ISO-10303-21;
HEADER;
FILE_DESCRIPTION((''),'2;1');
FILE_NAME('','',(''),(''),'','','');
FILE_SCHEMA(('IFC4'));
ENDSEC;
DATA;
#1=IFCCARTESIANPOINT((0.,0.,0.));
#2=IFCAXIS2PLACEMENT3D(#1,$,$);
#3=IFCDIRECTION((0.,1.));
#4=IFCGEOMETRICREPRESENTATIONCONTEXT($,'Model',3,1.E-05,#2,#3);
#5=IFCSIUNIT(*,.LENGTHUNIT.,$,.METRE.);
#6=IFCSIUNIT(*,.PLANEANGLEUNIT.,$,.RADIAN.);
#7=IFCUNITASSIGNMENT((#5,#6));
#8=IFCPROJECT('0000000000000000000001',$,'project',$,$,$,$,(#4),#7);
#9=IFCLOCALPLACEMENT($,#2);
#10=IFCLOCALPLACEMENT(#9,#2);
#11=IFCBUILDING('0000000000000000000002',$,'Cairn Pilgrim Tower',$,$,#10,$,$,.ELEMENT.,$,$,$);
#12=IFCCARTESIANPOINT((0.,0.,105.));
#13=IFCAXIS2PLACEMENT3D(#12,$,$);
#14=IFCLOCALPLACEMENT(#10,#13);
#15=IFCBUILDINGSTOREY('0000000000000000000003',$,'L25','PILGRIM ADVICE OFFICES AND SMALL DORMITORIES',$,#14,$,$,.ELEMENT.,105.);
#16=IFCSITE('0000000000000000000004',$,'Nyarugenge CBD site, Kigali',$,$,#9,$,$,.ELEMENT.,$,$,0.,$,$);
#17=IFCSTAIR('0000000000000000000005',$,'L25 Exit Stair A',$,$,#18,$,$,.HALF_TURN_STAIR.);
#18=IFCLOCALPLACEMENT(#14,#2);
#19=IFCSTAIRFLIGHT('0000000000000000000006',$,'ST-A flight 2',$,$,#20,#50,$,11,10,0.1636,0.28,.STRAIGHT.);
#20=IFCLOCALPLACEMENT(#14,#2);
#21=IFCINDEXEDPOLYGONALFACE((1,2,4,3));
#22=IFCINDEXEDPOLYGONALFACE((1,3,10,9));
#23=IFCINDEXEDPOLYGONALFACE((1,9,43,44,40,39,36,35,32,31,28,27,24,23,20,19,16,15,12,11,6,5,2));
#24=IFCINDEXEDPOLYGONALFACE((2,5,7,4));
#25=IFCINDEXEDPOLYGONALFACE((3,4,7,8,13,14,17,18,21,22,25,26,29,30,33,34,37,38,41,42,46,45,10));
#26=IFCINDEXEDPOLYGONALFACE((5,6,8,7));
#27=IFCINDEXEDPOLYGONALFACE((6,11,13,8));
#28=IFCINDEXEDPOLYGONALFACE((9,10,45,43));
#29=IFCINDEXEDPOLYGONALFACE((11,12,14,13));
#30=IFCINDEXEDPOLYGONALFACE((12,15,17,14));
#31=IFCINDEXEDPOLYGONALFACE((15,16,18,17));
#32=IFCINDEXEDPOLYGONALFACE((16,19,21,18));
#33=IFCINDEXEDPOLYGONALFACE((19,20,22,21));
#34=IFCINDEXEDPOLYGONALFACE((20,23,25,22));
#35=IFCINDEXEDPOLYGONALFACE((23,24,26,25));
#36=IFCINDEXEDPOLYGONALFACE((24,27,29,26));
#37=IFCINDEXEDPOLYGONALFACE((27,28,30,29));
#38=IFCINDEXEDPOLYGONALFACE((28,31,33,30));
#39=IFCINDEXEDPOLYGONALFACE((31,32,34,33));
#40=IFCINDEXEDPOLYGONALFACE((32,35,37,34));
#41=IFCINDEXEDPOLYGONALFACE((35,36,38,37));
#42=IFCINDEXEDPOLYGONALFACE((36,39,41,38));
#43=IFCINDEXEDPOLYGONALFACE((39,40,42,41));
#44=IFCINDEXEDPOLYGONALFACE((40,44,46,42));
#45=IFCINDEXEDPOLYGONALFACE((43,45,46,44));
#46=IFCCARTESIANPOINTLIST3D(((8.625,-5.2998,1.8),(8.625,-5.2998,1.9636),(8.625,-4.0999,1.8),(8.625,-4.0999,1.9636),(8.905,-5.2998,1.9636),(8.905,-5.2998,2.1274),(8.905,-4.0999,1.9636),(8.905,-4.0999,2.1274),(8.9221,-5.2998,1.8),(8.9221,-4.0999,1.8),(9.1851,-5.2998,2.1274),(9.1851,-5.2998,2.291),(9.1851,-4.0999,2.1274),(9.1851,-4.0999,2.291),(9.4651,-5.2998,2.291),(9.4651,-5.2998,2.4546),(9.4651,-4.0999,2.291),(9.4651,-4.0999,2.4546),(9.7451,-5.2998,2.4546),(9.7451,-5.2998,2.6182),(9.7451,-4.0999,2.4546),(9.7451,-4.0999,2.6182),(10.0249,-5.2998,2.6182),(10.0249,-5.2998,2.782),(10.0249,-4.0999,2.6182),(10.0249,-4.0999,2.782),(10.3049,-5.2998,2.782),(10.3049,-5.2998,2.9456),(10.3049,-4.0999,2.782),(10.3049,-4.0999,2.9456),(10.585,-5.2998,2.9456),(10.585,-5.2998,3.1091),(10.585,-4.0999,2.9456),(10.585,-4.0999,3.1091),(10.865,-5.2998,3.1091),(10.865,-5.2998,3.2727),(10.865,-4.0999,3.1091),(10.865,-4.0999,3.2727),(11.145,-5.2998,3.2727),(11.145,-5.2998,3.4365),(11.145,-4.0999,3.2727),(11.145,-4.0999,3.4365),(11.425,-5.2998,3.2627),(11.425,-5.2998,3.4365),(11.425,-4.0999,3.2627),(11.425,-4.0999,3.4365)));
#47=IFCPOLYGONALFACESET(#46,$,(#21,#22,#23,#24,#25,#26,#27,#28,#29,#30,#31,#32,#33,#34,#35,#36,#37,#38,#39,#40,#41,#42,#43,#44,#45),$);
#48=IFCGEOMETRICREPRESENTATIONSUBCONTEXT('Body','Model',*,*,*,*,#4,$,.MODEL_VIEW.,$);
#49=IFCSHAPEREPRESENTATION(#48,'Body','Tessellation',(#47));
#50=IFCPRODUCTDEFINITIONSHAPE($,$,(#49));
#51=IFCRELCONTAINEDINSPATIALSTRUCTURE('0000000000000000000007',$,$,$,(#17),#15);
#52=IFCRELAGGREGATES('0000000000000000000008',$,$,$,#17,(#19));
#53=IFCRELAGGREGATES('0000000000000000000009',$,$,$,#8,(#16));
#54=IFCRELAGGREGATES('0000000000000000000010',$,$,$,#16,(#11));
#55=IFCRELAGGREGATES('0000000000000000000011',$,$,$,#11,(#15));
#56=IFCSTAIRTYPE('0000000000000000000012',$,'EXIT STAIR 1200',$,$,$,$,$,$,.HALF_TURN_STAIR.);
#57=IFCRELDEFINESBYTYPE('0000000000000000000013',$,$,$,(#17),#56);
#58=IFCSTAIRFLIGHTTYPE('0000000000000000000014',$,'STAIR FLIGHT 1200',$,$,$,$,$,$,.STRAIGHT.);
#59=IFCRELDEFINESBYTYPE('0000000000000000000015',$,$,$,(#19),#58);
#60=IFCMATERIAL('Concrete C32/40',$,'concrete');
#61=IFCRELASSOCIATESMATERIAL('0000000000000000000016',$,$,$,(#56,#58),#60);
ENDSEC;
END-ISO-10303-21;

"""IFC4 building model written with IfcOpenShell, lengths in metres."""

from ifc_helpers import new_model, si_unit, direction, frame, origin, place, context, subcontext, project, spatial, polyline, outline, extrude, material, type_object, element, aggregate, save


model = new_model("IFC4")

# Units and contexts
model_context = context("Model", 3, precision=1e-05, world=origin(), true_north=direction((0.0, 1.0)))
body_context = subcontext(model_context, "Body", "Model", "MODEL_VIEW")
ifc_project = project(units=[si_unit("LENGTHUNIT", "METRE"), si_unit("PLANEANGLEUNIT", "RADIAN")], contexts=[model_context])

# Site, building, storey
site_placement = place(None, origin())
site = spatial("IfcSite", under=ifc_project, at=site_placement, Name="Nyarugenge CBD site, Kigali", CompositionType="ELEMENT", RefElevation=0.0)
building_placement = place(site_placement, origin())
building = spatial("IfcBuilding", under=site, at=building_placement, Name="Cairn Pilgrim Tower", CompositionType="ELEMENT")
storey_placement = place(building_placement, frame((0.0, 0.0, 105.0)))
storey = spatial("IfcBuildingStorey", under=building, at=storey_placement, Name="L25", Description="PILGRIM ADVICE OFFICES AND SMALL DORMITORIES", CompositionType="ELEMENT", Elevation=105.0)

# Shared definitions
ifc_material_1 = material(Name="Concrete C32/40", Category="concrete")

# Stair, stair flight
stair_type = type_object("IfcStairType", Name="EXIT STAIR 1200", PredefinedType="HALF_TURN_STAIR", material=ifc_material_1)
stair_placement = place(storey_placement, origin())
stair = element("IfcStair", 1, at=stair_placement, inside=storey, type_object=stair_type, Name="L25 Exit Stair A", PredefinedType="HALF_TURN_STAIR")
stair_flight_type = type_object("IfcStairFlightType", Name="STAIR FLIGHT 1200", PredefinedType="STRAIGHT", material=ifc_material_1)
stair_flight_1_placement = place(storey_placement, frame((8.625, -4.7, 1.8), z_axis=(0.0, 0.0, 1.0), x_axis=(1.0, 0.0, 0.0)))
stair_flight_1 = element("IfcStairFlight", 2, at=stair_flight_1_placement, type_object=stair_flight_type, Name="ST-A flight 2", NumberOfRisers=11, NumberOfTreads=10, PredefinedType="STRAIGHT", RiserHeight=0.1636, TreadLength=0.28, context=body_context, shape_type="SweptSolid", body=[
    extrude(outline(polyline([(0.0, 0.0), (0.0, 0.1636), (0.28, 0.1636), (0.28, 0.3274), (0.5601, 0.3274), (0.5601, 0.491), (0.8401, 0.491), (0.8401, 0.6545), (1.1201, 0.6545), (1.1201, 0.8181), (1.3999, 0.8181), (1.3999, 0.9819), (1.6799, 0.9819), (1.6799, 1.1455), (1.96, 1.1455), (1.96, 1.3091), (2.24, 1.3091), (2.24, 1.4727), (2.52, 1.4727), (2.52, 1.6365), (2.8, 1.6365), (2.8, 1.8), (2.8, 1.4626), (0.2971, 0.0), (0.0, 0.0)])), frame((0.0, 0.6001, 0.0), z_axis=(0.0, -1.0, 0.0), x_axis=(1.0, 0.0, 0.0)), (0.0, 0.0, 1.0), 1.2),
])
aggregate(stair, [stair_flight_1])

save(model, "model.ifc")
